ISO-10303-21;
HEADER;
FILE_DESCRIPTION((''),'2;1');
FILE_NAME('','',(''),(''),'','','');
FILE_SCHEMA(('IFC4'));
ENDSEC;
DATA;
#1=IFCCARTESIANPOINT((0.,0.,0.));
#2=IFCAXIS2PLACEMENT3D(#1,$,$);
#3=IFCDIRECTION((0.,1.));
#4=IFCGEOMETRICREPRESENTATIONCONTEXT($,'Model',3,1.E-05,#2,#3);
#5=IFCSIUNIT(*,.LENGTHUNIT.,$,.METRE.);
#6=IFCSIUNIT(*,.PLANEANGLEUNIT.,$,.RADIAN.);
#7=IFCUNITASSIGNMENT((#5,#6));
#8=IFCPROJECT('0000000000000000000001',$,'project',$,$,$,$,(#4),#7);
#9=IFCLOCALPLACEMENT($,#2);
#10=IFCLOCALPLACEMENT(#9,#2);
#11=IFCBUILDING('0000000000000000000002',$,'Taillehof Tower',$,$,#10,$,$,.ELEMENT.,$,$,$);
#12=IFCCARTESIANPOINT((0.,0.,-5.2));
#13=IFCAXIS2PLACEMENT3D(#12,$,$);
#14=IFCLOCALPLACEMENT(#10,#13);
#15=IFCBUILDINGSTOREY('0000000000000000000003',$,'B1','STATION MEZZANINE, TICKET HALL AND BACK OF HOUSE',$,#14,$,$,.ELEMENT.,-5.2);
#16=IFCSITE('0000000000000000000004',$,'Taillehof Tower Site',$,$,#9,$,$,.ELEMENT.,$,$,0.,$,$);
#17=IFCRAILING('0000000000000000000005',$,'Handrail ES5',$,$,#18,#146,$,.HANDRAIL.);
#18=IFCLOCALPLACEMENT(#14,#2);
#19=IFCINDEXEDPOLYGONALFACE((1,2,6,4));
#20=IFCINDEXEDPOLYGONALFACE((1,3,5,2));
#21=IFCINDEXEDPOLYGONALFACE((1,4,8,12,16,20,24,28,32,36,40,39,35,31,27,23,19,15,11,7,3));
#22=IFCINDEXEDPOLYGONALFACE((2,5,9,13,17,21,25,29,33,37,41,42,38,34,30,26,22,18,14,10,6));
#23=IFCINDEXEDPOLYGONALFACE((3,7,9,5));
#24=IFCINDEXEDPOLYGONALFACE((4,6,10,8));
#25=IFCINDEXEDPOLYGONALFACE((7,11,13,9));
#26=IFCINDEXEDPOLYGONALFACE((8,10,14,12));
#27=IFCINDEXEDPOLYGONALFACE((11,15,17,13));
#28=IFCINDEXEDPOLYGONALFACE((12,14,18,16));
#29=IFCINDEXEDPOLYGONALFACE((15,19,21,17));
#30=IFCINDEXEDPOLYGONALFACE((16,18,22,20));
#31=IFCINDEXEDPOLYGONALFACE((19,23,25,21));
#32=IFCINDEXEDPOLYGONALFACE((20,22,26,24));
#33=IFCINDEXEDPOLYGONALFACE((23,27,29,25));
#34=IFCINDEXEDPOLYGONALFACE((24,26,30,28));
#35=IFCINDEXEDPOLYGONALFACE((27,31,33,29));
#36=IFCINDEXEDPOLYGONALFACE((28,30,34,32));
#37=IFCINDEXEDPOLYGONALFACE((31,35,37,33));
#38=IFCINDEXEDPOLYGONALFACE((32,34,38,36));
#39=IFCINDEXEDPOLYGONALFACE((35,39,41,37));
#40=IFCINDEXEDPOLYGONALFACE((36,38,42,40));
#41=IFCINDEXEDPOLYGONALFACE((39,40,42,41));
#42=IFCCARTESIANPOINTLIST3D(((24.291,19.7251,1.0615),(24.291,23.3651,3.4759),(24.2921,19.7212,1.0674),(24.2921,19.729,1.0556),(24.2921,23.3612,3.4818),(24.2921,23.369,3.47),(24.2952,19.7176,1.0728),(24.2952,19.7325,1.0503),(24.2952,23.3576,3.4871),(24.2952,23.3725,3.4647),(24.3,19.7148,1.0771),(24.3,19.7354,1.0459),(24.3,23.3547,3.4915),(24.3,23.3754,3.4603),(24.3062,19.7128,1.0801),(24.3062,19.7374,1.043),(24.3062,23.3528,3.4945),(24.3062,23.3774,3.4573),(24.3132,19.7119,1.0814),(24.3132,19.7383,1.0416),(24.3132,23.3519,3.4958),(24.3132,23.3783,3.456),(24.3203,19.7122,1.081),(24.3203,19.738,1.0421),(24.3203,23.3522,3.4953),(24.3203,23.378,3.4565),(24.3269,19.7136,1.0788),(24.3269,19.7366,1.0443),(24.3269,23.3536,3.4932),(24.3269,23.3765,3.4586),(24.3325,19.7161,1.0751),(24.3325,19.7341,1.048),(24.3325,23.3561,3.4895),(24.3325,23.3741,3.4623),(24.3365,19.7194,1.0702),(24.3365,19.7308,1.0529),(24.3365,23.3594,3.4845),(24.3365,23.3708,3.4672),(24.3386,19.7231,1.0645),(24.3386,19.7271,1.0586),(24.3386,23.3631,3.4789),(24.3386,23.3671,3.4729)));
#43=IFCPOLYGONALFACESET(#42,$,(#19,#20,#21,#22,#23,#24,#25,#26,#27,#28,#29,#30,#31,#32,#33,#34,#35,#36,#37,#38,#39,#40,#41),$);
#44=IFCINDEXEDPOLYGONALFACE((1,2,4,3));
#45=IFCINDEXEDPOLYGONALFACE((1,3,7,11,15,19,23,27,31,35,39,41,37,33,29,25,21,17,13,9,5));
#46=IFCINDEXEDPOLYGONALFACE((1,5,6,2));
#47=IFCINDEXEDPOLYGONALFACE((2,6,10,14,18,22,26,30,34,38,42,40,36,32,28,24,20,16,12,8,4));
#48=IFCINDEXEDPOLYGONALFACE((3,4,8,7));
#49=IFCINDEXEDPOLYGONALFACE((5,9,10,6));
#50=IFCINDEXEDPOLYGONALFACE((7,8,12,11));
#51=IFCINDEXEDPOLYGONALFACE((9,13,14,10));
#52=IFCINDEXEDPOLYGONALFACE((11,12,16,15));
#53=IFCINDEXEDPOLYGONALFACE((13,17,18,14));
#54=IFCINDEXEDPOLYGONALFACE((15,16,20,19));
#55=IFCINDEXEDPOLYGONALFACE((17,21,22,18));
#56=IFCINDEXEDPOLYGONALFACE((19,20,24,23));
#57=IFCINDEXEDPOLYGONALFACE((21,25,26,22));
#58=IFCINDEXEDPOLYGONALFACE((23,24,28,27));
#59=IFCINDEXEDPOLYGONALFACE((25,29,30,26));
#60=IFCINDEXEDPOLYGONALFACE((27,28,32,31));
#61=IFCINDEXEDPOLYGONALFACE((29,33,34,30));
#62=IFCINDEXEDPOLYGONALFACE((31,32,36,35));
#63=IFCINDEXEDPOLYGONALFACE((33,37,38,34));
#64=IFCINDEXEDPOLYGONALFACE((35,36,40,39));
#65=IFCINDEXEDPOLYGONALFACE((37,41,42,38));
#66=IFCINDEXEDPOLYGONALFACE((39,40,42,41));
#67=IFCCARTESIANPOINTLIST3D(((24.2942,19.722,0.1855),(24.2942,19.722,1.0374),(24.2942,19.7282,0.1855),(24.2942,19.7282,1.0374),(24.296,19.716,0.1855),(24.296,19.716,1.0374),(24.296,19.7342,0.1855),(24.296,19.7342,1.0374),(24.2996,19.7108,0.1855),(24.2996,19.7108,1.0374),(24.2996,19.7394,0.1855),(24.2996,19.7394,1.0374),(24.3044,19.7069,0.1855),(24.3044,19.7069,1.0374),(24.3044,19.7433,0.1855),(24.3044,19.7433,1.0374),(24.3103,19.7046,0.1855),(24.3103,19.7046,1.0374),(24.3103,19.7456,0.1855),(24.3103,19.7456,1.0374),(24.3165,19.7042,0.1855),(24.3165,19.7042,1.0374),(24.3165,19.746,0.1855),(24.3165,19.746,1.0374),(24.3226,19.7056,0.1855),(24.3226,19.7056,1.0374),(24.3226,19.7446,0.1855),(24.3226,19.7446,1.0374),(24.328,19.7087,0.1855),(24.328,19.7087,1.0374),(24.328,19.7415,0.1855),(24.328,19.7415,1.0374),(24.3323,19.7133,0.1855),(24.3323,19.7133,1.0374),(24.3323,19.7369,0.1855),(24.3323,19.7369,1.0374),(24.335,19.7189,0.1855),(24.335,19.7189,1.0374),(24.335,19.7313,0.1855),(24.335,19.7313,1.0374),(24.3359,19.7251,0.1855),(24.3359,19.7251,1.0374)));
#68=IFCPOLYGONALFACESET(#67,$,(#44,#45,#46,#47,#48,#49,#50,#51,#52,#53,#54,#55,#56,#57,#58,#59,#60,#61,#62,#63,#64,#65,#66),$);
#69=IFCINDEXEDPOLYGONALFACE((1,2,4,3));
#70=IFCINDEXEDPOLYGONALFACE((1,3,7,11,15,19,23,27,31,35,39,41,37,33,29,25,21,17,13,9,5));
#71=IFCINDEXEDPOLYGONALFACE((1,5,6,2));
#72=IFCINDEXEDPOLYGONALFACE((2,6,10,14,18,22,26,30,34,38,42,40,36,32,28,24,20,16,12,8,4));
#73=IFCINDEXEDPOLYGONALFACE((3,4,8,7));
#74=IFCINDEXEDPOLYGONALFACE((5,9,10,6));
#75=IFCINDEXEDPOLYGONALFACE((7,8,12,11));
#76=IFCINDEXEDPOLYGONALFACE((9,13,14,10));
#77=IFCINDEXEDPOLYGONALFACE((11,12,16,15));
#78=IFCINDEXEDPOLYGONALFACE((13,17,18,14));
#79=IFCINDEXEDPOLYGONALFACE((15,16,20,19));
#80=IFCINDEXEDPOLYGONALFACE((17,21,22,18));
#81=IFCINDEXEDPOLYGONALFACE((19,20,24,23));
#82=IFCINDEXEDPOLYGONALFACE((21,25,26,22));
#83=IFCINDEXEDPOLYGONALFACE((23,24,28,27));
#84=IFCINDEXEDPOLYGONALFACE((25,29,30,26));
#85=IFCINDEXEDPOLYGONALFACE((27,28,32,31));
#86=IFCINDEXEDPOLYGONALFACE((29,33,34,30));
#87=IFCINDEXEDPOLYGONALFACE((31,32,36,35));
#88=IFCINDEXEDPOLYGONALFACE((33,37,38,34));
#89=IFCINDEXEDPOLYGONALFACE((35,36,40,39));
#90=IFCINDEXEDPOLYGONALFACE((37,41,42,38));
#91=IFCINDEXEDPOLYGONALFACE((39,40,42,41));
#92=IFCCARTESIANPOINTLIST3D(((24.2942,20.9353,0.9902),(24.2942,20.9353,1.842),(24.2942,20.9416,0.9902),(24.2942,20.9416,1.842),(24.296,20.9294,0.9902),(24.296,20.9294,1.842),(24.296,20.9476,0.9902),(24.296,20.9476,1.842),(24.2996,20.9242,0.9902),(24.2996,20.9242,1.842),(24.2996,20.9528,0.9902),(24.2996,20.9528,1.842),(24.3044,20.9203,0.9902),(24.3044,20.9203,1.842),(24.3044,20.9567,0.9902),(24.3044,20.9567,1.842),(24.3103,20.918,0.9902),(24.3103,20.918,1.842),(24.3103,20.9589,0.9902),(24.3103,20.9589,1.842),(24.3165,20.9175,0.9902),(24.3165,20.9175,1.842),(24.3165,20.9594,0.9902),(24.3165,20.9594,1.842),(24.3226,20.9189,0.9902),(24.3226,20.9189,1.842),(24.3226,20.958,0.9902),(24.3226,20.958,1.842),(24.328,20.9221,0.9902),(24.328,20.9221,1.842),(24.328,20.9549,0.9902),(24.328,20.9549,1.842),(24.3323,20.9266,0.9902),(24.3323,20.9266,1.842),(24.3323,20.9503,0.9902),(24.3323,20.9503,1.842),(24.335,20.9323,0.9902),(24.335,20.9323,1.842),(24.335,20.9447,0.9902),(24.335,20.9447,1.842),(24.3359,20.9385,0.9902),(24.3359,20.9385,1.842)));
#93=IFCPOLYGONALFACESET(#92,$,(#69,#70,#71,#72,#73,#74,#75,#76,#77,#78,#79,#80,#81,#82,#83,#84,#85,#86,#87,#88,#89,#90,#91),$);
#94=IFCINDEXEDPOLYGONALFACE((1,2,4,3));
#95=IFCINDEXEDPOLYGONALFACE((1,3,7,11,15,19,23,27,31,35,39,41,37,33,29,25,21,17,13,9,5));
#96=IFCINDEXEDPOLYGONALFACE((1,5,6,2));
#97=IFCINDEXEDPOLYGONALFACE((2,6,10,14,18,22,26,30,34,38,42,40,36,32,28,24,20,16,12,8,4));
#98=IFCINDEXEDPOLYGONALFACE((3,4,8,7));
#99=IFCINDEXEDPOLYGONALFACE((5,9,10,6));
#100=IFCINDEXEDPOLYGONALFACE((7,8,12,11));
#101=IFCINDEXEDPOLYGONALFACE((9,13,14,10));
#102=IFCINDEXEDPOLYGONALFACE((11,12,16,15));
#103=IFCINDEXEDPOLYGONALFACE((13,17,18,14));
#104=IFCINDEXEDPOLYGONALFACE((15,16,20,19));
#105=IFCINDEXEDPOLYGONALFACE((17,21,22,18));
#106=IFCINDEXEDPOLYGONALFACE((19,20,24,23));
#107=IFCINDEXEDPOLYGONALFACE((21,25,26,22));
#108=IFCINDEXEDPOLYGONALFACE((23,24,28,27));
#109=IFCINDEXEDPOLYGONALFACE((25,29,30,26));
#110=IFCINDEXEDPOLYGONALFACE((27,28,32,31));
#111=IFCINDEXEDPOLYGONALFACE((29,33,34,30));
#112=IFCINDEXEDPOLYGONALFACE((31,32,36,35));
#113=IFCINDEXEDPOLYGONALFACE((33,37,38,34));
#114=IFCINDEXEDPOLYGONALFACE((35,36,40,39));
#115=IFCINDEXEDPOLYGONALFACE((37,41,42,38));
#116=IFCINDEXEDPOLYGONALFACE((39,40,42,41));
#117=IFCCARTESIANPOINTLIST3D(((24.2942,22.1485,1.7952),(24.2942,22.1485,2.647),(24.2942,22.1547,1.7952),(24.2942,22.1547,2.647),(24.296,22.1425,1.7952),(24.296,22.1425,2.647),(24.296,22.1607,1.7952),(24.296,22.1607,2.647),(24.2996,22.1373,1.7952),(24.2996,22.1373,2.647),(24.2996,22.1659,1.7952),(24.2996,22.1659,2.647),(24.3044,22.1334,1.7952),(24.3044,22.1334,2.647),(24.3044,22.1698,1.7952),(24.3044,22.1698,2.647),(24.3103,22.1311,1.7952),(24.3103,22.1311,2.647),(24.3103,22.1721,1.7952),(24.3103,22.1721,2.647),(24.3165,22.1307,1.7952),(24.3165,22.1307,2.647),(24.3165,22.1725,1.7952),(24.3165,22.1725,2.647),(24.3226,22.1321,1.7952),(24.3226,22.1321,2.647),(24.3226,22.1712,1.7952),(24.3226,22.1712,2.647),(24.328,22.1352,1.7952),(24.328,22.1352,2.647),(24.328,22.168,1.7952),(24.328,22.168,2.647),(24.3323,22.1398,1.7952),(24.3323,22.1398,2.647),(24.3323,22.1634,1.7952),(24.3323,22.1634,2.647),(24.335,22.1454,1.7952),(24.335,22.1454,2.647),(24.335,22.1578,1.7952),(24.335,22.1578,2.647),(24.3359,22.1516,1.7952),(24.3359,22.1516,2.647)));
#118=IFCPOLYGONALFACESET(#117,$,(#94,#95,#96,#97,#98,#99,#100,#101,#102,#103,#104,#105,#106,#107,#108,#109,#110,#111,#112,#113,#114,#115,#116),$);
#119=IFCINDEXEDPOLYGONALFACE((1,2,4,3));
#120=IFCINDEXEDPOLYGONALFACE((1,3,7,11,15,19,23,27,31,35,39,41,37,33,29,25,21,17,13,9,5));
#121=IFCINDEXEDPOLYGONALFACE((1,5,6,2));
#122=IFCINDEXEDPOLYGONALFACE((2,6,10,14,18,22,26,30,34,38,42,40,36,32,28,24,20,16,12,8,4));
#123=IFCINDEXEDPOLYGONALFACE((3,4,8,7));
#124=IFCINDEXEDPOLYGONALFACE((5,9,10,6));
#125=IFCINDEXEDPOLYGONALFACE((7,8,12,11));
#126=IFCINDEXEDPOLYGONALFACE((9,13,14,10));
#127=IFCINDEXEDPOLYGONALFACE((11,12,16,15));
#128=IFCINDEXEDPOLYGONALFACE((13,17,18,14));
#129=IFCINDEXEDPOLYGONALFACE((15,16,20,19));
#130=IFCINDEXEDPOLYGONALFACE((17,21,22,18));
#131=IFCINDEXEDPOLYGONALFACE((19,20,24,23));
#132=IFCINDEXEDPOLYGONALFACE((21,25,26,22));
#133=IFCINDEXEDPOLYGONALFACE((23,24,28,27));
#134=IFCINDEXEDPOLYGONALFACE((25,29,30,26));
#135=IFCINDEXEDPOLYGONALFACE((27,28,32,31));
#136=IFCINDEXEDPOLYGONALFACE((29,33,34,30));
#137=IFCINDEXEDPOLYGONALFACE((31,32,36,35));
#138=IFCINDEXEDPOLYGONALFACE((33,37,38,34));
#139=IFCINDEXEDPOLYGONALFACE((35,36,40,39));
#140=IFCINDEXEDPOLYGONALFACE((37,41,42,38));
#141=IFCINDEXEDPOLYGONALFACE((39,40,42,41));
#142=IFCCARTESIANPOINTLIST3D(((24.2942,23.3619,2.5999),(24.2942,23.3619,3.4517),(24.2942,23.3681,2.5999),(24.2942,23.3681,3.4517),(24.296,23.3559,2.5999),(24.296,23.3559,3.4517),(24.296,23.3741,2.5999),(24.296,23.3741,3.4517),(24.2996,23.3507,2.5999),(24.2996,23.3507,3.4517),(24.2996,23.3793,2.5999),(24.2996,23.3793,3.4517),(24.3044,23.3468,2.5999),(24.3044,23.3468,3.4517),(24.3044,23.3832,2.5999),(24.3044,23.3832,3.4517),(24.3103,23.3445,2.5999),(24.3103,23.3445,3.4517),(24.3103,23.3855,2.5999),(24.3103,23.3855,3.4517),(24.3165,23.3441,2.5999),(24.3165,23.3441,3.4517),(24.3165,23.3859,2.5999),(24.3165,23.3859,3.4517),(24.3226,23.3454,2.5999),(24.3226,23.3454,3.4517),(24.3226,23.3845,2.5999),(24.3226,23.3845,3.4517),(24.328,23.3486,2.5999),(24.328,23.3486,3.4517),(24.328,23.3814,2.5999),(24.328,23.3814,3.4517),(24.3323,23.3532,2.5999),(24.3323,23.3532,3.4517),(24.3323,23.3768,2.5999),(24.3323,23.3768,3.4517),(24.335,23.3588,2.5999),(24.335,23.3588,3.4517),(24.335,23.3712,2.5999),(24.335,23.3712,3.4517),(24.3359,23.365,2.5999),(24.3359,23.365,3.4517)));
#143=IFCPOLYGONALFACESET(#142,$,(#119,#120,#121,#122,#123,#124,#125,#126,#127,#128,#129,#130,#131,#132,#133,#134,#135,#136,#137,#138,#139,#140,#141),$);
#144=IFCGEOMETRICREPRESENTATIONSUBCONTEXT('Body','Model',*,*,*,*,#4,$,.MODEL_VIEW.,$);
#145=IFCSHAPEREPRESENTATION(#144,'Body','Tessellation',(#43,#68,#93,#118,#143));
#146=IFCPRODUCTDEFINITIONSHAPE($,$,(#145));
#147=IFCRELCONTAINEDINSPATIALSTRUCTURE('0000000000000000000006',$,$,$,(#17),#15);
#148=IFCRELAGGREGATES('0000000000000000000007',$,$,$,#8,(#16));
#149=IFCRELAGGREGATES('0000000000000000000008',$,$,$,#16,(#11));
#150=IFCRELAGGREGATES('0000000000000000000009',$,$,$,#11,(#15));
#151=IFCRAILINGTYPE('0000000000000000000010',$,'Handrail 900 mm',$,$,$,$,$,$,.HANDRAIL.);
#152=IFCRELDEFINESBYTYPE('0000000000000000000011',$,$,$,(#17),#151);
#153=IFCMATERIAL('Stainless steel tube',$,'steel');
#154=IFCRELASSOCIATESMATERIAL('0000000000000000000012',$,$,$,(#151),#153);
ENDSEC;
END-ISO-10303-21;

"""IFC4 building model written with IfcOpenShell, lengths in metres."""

from ifc_helpers import new_model, si_unit, direction, frame, origin, origin_2d, place, context, subcontext, project, spatial, circle, extrude, material, type_object, element, save


model = new_model("IFC4")

# Units and contexts
model_context = context("Model", 3, precision=1e-05, world=origin(), true_north=direction((0.0, 1.0)))
body_context = subcontext(model_context, "Body", "Model", "MODEL_VIEW")
ifc_project = project(units=[si_unit("LENGTHUNIT", "METRE"), si_unit("PLANEANGLEUNIT", "RADIAN")], contexts=[model_context])

# Site, building, storey
site_placement = place(None, origin())
site = spatial("IfcSite", under=ifc_project, at=site_placement, Name="Taillehof Tower Site", CompositionType="ELEMENT", RefElevation=0.0)
building_placement = place(site_placement, origin())
building = spatial("IfcBuilding", under=site, at=building_placement, Name="Taillehof Tower", CompositionType="ELEMENT")
storey_placement = place(building_placement, frame((0.0, 0.0, -5.2)))
storey = spatial("IfcBuildingStorey", under=building, at=storey_placement, Name="B1", Description="STATION MEZZANINE, TICKET HALL AND BACK OF HOUSE", CompositionType="ELEMENT", Elevation=-5.2)

# Railing
ifc_material_1 = material(Name="Stainless steel tube", Category="steel")
railing_type_1 = type_object("IfcRailingType", Name="Handrail 900 mm", PredefinedType="HANDRAIL", material=ifc_material_1)
for number, where, name in (
    (1, (24.3149, 19.7251, 0.1855), "Handrail ES5"),
):
    element("IfcRailing", number, at=place(storey_placement, frame(where)), inside=storey, type_object=railing_type_1, Name=name, PredefinedType="HANDRAIL", context=body_context, shape_type="SweptSolid", body=[
        extrude(circle(Radius=0.0239, at=origin_2d()), frame((0.0, 0.0, 0.876), z_axis=(0.0, 0.833347, 0.552751), x_axis=(-1.0, 0.0, 0.0)), (0.0, 0.0, 1.0), 4.3679),
        extrude(circle(Radius=0.021, at=origin_2d()), origin(), (0.0, 0.0, 1.0), 0.8518),
        extrude(circle(Radius=0.021, at=origin_2d()), frame((0.0, 1.2134, 0.8047)), (0.0, 0.0, 1.0), 0.8518),
        extrude(circle(Radius=0.021, at=origin_2d()), frame((0.0, 2.4265, 1.6096)), (0.0, 0.0, 1.0), 0.8518),
        extrude(circle(Radius=0.021, at=origin_2d()), frame((0.0, 3.6399, 2.4143)), (0.0, 0.0, 1.0), 0.8518),
    ])

save(model, "model.ifc")
